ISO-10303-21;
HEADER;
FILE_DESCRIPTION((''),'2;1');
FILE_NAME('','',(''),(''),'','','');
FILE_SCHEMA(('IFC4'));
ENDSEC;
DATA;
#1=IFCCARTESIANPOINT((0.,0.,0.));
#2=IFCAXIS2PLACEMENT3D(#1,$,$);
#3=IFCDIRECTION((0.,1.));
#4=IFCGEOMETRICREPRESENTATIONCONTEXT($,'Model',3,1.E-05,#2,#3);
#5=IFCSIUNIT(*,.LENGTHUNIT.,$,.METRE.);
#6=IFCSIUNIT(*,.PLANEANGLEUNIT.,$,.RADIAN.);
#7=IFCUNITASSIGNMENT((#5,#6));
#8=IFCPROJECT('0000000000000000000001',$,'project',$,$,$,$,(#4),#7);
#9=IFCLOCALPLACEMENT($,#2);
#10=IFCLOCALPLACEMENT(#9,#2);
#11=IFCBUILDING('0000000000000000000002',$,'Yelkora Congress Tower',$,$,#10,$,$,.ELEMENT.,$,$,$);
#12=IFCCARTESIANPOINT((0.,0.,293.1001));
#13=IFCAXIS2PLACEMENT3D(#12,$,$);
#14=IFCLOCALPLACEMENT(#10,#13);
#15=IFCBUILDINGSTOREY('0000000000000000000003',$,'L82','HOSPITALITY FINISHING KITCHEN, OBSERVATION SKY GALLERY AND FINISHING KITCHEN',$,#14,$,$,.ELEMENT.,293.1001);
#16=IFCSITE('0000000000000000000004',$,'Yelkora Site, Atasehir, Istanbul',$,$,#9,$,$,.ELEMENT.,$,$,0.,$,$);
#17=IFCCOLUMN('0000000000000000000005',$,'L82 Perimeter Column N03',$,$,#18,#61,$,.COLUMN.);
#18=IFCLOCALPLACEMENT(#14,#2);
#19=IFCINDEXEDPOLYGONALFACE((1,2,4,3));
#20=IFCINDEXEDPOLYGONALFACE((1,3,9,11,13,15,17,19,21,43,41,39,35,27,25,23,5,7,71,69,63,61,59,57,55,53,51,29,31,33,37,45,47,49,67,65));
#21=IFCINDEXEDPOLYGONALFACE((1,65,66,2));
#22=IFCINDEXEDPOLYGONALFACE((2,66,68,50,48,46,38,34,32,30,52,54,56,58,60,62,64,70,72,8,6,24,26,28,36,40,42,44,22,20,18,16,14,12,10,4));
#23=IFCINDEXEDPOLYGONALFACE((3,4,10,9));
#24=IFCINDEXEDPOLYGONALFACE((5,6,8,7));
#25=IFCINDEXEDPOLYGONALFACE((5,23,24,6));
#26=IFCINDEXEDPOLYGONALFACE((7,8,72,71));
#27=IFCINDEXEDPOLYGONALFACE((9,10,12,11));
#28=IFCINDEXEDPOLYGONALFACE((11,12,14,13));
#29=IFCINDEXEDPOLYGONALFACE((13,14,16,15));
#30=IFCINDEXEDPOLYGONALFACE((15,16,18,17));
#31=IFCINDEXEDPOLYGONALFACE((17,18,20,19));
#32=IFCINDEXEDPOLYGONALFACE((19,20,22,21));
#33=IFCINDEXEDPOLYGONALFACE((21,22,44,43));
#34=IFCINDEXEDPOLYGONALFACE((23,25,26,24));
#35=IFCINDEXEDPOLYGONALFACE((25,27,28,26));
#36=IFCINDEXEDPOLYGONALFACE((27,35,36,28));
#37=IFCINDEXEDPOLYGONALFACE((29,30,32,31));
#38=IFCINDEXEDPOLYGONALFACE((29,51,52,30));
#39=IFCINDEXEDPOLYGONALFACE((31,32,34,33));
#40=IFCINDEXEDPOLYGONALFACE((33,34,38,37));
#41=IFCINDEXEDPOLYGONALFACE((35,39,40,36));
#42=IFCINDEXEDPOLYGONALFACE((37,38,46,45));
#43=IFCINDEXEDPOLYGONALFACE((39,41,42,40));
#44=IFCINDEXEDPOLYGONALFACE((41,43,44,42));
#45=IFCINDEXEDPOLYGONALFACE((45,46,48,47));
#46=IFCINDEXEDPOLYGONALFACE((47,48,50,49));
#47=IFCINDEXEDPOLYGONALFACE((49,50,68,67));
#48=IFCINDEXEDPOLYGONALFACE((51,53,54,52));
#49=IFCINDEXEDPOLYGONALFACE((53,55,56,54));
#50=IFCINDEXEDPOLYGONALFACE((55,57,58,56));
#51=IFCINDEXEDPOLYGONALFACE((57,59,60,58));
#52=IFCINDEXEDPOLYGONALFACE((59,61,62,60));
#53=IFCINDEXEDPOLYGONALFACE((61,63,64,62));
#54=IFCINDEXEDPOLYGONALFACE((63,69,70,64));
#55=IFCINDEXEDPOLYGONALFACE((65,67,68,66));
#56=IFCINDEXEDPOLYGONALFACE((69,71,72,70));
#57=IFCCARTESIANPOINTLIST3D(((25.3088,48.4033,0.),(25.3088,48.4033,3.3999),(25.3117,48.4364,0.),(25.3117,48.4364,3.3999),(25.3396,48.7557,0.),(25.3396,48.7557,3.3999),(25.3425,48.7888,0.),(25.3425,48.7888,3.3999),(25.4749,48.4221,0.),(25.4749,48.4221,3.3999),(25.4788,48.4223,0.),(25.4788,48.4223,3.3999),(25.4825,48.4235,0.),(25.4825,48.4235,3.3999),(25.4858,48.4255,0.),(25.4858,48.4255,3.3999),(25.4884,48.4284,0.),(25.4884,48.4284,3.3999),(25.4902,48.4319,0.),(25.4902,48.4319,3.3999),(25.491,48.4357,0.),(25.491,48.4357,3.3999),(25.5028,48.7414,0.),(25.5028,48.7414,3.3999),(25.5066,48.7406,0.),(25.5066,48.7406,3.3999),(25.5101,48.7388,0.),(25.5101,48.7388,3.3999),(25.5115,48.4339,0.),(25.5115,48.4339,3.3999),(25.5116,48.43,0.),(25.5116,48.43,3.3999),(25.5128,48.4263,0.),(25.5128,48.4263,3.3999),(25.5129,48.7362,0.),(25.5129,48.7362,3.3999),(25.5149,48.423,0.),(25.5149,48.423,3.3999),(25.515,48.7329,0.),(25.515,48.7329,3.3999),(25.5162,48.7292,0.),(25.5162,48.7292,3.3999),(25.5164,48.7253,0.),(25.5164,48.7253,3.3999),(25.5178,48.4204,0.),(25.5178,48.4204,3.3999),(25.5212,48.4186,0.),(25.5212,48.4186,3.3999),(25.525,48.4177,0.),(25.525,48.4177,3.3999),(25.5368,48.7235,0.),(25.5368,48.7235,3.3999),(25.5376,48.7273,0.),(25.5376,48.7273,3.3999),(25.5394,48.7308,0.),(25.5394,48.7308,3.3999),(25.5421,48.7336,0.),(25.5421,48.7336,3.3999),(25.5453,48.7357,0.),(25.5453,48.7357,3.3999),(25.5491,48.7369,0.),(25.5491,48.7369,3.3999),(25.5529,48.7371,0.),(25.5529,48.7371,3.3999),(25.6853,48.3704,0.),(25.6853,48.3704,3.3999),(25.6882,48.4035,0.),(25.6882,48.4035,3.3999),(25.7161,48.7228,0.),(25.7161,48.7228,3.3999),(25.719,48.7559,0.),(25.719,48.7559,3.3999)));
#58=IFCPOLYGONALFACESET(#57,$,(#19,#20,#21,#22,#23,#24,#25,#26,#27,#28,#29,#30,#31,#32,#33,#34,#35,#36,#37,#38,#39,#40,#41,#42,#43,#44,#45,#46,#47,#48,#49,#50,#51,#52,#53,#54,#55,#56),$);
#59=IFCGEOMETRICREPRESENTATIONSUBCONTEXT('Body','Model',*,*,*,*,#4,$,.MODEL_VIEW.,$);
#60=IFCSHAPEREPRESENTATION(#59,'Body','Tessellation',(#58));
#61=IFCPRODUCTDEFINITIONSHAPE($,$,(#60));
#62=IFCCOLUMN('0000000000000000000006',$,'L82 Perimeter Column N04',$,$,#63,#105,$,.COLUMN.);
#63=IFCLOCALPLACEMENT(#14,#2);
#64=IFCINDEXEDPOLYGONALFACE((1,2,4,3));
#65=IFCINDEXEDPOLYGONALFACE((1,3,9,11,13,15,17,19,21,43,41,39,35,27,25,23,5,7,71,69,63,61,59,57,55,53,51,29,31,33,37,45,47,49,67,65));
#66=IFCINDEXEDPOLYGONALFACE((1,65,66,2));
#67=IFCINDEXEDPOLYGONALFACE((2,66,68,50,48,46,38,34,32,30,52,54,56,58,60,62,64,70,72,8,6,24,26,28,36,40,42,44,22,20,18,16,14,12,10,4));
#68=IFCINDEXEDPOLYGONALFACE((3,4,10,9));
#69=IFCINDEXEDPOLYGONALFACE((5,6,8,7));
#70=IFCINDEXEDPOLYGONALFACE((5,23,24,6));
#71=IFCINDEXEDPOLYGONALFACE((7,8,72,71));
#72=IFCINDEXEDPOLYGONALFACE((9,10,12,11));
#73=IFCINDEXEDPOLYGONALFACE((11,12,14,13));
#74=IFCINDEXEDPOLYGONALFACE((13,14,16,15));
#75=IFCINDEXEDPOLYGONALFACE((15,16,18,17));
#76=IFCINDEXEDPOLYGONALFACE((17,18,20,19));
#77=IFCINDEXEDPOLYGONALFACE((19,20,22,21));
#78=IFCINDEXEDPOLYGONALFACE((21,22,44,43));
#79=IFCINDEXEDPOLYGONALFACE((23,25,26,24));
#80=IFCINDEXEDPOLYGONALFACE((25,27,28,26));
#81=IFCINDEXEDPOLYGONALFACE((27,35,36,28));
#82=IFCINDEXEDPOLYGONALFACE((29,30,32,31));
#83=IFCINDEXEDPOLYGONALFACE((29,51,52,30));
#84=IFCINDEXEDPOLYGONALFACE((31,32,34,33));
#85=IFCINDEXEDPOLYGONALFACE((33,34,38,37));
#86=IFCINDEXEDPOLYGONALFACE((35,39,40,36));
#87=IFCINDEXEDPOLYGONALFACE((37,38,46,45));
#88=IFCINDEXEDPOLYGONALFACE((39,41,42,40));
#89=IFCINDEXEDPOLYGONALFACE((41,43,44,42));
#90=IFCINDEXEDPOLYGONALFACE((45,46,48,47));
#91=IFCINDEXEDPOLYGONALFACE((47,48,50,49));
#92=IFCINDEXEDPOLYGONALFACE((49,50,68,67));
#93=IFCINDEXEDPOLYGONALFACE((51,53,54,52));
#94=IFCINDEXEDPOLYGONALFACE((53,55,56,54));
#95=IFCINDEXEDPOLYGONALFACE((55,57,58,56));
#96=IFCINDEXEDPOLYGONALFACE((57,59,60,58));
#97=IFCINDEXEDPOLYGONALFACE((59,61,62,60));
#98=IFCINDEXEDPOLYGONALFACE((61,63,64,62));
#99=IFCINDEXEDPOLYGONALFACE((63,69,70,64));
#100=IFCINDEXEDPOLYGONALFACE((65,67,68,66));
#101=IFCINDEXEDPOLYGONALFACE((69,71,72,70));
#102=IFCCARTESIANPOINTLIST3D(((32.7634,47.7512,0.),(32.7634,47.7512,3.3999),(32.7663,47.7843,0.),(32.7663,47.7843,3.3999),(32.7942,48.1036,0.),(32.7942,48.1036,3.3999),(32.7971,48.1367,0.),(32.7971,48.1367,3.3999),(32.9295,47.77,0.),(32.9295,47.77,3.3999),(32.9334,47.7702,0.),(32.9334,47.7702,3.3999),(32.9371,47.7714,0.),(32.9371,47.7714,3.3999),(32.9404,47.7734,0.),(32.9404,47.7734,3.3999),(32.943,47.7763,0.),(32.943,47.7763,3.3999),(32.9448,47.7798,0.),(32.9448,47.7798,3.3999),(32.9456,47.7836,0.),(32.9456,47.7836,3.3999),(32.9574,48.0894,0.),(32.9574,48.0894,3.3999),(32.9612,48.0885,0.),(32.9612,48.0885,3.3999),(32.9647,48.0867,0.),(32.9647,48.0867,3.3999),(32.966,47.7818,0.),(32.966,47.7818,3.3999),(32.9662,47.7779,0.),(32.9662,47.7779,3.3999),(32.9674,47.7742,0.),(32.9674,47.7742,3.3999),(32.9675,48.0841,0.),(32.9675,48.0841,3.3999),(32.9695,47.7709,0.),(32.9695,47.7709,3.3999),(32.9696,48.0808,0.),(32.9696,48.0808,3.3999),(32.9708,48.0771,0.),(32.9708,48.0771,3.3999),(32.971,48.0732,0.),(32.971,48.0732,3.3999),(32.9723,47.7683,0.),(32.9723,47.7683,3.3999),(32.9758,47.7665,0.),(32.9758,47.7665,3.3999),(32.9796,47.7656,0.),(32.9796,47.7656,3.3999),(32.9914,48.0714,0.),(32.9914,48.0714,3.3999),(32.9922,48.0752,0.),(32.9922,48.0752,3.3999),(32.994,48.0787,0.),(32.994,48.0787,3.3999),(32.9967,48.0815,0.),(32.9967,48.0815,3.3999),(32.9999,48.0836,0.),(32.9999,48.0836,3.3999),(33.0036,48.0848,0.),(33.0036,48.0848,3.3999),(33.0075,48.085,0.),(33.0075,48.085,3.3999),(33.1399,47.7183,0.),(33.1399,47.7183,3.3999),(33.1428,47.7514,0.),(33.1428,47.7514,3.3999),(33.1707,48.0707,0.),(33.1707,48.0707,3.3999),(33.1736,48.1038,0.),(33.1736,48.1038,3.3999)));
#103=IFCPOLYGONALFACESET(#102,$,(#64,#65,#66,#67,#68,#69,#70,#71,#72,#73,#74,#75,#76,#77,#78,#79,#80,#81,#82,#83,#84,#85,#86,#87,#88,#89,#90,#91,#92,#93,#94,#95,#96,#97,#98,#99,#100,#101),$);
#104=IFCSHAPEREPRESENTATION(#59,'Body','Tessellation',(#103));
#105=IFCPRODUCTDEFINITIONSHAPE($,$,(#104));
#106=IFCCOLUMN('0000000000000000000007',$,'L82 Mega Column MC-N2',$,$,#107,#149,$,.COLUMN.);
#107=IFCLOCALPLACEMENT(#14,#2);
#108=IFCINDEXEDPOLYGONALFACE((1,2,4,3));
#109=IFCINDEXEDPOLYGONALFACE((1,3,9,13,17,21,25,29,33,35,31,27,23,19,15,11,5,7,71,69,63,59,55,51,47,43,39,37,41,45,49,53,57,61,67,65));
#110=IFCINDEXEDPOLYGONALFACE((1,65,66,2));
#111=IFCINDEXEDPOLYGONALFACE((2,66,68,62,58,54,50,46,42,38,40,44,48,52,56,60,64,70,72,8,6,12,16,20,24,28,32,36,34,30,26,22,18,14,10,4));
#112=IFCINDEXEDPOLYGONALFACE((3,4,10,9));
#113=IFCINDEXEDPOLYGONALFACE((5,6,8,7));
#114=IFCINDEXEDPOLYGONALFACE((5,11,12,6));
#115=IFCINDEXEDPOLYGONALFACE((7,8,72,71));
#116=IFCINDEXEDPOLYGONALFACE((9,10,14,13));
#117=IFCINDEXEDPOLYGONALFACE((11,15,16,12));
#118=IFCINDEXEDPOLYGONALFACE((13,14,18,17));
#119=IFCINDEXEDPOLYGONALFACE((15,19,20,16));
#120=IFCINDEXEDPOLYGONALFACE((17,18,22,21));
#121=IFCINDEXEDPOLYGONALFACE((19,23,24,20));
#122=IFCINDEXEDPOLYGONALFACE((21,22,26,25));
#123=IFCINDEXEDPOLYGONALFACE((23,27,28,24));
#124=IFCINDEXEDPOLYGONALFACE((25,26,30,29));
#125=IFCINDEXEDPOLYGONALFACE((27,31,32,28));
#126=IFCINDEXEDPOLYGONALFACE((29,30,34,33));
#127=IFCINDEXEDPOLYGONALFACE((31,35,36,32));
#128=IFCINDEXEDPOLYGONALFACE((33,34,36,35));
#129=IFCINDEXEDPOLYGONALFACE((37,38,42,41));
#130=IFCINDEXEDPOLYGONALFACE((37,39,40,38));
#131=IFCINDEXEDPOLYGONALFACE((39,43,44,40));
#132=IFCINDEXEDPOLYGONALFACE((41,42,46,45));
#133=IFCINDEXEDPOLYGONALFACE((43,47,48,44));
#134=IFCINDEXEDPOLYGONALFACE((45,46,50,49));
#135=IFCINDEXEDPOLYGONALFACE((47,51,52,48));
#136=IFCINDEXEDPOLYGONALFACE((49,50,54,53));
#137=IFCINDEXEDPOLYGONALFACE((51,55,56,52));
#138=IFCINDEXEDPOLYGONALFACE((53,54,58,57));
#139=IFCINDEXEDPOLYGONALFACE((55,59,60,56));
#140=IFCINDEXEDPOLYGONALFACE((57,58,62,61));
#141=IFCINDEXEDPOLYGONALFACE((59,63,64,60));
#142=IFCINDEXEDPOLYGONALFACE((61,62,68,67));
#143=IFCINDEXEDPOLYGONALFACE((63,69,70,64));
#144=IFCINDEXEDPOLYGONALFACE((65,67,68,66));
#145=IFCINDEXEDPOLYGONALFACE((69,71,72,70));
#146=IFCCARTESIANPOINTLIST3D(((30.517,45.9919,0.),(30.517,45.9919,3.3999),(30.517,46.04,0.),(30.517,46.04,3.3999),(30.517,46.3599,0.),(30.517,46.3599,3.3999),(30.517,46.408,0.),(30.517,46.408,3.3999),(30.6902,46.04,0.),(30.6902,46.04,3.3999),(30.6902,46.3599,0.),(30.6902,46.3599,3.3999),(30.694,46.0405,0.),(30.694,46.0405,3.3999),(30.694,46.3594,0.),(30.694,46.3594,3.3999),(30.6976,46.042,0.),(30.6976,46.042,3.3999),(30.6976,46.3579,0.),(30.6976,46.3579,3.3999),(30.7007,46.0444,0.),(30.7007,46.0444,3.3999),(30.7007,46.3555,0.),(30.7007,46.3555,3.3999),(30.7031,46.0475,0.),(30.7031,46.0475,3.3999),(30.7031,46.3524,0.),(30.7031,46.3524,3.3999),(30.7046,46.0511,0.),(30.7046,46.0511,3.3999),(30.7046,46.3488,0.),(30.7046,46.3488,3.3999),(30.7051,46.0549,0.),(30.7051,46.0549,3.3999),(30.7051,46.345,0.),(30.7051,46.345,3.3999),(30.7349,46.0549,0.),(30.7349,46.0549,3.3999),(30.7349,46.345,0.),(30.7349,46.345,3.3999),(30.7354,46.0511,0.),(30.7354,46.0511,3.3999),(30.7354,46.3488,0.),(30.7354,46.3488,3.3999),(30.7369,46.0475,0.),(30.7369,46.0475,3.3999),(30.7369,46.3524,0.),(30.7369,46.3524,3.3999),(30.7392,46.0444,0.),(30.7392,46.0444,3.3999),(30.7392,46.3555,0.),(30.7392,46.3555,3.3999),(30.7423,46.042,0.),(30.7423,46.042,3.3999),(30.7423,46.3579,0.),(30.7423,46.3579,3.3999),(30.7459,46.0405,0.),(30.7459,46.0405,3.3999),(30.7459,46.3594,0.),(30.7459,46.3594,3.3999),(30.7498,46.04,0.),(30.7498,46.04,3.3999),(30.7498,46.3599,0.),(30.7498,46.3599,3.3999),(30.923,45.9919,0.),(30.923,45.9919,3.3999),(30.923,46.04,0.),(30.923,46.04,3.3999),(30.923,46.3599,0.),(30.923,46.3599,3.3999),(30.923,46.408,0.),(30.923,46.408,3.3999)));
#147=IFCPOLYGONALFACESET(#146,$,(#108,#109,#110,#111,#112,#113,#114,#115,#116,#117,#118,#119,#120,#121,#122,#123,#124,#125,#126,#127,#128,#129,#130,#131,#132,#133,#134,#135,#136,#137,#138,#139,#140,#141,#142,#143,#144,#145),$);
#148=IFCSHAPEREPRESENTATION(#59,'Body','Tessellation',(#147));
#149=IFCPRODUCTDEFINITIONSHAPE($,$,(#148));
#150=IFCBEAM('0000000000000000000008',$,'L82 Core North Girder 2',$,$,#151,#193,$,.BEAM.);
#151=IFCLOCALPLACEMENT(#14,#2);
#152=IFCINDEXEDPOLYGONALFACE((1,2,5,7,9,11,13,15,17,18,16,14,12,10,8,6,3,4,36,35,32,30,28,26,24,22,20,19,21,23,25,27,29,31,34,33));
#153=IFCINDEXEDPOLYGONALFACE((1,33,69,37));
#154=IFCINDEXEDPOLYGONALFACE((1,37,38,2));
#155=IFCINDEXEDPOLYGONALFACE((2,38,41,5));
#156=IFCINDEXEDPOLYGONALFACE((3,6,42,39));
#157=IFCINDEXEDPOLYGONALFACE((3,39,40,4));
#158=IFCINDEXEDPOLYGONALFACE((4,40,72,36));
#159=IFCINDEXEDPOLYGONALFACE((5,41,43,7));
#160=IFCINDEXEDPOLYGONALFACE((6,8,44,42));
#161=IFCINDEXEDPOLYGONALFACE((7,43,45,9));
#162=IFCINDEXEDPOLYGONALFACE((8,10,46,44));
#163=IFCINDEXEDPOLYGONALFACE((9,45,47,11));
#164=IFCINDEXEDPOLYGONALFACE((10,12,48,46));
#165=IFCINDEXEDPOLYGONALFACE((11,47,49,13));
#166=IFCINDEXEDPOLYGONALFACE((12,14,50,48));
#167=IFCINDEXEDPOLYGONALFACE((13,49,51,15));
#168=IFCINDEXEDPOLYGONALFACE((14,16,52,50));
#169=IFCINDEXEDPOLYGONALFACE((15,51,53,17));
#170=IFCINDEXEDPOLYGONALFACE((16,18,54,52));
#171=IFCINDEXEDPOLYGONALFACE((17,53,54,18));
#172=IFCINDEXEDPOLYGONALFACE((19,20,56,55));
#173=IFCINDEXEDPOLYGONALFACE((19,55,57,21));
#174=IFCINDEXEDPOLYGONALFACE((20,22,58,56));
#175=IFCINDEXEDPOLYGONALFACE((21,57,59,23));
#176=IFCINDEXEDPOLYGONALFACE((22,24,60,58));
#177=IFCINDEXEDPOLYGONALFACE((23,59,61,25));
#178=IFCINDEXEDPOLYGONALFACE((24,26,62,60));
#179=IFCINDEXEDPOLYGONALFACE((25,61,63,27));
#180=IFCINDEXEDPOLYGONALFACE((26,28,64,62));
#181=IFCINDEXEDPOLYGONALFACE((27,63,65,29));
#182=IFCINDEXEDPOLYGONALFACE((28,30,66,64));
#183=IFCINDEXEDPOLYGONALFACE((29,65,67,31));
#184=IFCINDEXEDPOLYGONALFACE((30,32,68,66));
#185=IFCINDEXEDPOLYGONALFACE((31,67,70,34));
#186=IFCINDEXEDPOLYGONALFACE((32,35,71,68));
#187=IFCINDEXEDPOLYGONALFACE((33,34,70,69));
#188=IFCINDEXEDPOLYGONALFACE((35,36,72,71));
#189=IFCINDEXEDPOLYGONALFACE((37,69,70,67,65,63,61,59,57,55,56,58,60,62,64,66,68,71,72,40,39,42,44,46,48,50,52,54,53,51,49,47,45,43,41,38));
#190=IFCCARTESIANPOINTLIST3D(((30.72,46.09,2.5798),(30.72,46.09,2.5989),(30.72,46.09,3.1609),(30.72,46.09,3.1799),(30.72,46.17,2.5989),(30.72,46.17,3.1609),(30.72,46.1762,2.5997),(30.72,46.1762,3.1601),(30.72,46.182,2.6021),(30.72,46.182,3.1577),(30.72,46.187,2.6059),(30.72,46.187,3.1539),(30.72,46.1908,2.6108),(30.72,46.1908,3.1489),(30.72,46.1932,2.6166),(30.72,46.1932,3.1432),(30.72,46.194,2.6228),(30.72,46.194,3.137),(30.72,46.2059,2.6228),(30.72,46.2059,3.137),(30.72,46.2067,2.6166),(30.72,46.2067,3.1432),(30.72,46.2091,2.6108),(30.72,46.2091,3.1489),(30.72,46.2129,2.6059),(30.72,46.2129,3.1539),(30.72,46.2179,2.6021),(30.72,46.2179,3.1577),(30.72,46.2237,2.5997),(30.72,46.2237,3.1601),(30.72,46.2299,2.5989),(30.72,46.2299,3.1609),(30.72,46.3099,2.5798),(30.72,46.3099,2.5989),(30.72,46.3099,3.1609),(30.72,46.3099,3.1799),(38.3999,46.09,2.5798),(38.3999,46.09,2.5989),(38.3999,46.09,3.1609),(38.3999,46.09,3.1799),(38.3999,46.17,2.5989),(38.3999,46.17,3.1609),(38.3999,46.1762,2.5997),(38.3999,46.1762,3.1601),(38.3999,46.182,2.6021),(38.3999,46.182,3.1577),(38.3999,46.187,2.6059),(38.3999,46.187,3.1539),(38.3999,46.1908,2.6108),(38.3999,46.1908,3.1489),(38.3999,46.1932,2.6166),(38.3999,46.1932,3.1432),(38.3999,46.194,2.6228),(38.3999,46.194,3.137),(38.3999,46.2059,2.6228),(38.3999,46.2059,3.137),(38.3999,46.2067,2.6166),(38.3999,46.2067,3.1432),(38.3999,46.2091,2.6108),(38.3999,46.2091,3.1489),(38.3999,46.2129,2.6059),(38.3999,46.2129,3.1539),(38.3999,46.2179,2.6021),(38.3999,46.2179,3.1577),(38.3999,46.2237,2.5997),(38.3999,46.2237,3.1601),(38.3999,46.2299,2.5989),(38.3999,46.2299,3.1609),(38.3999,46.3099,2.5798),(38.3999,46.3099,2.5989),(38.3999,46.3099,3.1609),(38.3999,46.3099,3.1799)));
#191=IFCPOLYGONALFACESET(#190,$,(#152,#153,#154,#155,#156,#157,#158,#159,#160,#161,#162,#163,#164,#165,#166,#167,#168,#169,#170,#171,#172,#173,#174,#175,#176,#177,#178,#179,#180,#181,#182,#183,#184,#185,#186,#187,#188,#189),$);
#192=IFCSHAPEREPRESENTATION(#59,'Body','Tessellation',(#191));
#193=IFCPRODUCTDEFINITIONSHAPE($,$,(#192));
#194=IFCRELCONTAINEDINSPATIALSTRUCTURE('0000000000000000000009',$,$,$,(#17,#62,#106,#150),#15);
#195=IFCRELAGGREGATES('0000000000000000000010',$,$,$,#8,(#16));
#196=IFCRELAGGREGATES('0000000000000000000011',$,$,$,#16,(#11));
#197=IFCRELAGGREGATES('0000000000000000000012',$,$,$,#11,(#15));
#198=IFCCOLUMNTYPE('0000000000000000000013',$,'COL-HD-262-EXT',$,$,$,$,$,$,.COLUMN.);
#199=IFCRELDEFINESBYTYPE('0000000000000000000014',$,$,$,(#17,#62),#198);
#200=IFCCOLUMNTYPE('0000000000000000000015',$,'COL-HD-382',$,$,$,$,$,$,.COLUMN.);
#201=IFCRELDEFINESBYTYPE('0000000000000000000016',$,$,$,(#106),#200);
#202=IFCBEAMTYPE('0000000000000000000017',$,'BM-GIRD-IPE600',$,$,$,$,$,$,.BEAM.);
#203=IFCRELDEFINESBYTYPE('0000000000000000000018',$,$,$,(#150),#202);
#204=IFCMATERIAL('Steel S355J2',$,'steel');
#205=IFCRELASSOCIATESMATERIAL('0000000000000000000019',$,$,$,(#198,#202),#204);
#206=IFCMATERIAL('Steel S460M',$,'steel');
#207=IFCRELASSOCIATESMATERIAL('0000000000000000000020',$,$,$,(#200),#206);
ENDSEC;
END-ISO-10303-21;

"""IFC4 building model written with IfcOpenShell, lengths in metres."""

from ifc_helpers import new_model, si_unit, direction, frame, origin, origin_2d, place, context, subcontext, project, spatial, i_section, extrude, material, material_profile, profile_set, type_object, element, save


model = new_model("IFC4")

# Units and contexts
model_context = context("Model", 3, precision=1e-05, world=origin(), true_north=direction((0.0, 1.0)))
body_context = subcontext(model_context, "Body", "Model", "MODEL_VIEW")
ifc_project = project(units=[si_unit("LENGTHUNIT", "METRE"), si_unit("PLANEANGLEUNIT", "RADIAN")], contexts=[model_context])

# Site, building, storey
site_placement = place(None, origin())
site = spatial("IfcSite", under=ifc_project, at=site_placement, Name="Yelkora Site, Atasehir, Istanbul", CompositionType="ELEMENT", RefElevation=0.0)
building_placement = place(site_placement, origin())
building = spatial("IfcBuilding", under=site, at=building_placement, Name="Yelkora Congress Tower", CompositionType="ELEMENT")
storey_placement = place(building_placement, frame((0.0, 0.0, 293.1001)))
storey = spatial("IfcBuildingStorey", under=building, at=storey_placement, Name="L82", Description="HOSPITALITY FINISHING KITCHEN, OBSERVATION SKY GALLERY AND FINISHING KITCHEN", CompositionType="ELEMENT", Elevation=293.1001)

# Columns
ifc_material_1 = material(Name="Steel S355J2", Category="steel")
ifc_material_profile_1 = material_profile(ifc_material_1, i_section(OverallWidth=0.3779, OverallDepth=0.387, WebThickness=0.0205, FlangeThickness=0.0332, FilletRadius=0.0149, at=origin_2d()), Name="HD 360x262")
ifc_profile_set_1 = profile_set([ifc_material_profile_1], Name="Steel S355J2")
column_type_1 = type_object("IfcColumnType", Name="COL-HD-262-EXT", PredefinedType="COLUMN", material=ifc_profile_set_1)
for number, where, z_axis, x_axis, name in (
    (1, (25.5139, 48.5796, 0.0), (0.0, 0.0, 1.0), (0.996195, -0.087156, 0.0), "L82 Perimeter Column N03"),
    (2, (32.9685, 47.9275, 0.0), (0.0, 0.0, 1.0), (0.996195, -0.087156, 0.0), "L82 Perimeter Column N04"),
):
    element("IfcColumn", number, at=place(storey_placement, frame(where, z_axis=z_axis, x_axis=x_axis)), inside=storey, type_object=column_type_1, Name=name, PredefinedType="COLUMN", context=body_context, shape_type="SweptSolid", body=[
        extrude(i_section(OverallWidth=0.3779, OverallDepth=0.387, WebThickness=0.0205, FlangeThickness=0.0332, FilletRadius=0.0149, at=origin_2d()), origin(), (0.0, 0.0, 1.0), 3.3999),
    ])
ifc_material_2 = material(Name="Steel S460M", Category="steel")
ifc_material_profile_2 = material_profile(ifc_material_2, i_section(OverallWidth=0.406, OverallDepth=0.416, WebThickness=0.0298, FlangeThickness=0.0481, FilletRadius=0.0149, at=origin_2d()), Name="HD 400x382")
ifc_profile_set_2 = profile_set([ifc_material_profile_2], Name="Steel S460M")
column_type_2 = type_object("IfcColumnType", Name="COL-HD-382", PredefinedType="COLUMN", material=ifc_profile_set_2)
column_placement = place(storey_placement, frame((30.72, 46.2, 0.0), z_axis=(0.0, 0.0, 1.0), x_axis=(1.0, 0.0, 0.0)))
element("IfcColumn", 3, at=column_placement, inside=storey, type_object=column_type_2, Name="L82 Mega Column MC-N2", PredefinedType="COLUMN", context=body_context, shape_type="SweptSolid", body=[
    extrude(i_section(OverallWidth=0.406, OverallDepth=0.416, WebThickness=0.0298, FlangeThickness=0.0481, FilletRadius=0.0149, at=origin_2d()), origin(), (0.0, 0.0, 1.0), 3.3999),
])

# Beam
ifc_material_profile_3 = material_profile(ifc_material_1, i_section(OverallWidth=0.22, OverallDepth=0.6001, WebThickness=0.012, FlangeThickness=0.019, FilletRadius=0.0239, at=origin_2d()), Name="IPE 600")
ifc_profile_set_3 = profile_set([ifc_material_profile_3], Name="Steel S355J2")
beam_type_1 = type_object("IfcBeamType", Name="BM-GIRD-IPE600", PredefinedType="BEAM", material=ifc_profile_set_3)
beam_1_placement = place(storey_placement, frame((30.72, 46.2, 2.8799), z_axis=(1.0, 0.0, 0.0), x_axis=(0.0, 1.0, 0.0)))
element("IfcBeam", 4, at=beam_1_placement, inside=storey, type_object=beam_type_1, Name="L82 Core North Girder 2", PredefinedType="BEAM", context=body_context, shape_type="SweptSolid", body=[
    extrude(i_section(OverallWidth=0.22, OverallDepth=0.6001, WebThickness=0.012, FlangeThickness=0.019, FilletRadius=0.0239, at=origin_2d()), origin(), (0.0, 0.0, 1.0), 7.6799),
])

save(model, "model.ifc")
